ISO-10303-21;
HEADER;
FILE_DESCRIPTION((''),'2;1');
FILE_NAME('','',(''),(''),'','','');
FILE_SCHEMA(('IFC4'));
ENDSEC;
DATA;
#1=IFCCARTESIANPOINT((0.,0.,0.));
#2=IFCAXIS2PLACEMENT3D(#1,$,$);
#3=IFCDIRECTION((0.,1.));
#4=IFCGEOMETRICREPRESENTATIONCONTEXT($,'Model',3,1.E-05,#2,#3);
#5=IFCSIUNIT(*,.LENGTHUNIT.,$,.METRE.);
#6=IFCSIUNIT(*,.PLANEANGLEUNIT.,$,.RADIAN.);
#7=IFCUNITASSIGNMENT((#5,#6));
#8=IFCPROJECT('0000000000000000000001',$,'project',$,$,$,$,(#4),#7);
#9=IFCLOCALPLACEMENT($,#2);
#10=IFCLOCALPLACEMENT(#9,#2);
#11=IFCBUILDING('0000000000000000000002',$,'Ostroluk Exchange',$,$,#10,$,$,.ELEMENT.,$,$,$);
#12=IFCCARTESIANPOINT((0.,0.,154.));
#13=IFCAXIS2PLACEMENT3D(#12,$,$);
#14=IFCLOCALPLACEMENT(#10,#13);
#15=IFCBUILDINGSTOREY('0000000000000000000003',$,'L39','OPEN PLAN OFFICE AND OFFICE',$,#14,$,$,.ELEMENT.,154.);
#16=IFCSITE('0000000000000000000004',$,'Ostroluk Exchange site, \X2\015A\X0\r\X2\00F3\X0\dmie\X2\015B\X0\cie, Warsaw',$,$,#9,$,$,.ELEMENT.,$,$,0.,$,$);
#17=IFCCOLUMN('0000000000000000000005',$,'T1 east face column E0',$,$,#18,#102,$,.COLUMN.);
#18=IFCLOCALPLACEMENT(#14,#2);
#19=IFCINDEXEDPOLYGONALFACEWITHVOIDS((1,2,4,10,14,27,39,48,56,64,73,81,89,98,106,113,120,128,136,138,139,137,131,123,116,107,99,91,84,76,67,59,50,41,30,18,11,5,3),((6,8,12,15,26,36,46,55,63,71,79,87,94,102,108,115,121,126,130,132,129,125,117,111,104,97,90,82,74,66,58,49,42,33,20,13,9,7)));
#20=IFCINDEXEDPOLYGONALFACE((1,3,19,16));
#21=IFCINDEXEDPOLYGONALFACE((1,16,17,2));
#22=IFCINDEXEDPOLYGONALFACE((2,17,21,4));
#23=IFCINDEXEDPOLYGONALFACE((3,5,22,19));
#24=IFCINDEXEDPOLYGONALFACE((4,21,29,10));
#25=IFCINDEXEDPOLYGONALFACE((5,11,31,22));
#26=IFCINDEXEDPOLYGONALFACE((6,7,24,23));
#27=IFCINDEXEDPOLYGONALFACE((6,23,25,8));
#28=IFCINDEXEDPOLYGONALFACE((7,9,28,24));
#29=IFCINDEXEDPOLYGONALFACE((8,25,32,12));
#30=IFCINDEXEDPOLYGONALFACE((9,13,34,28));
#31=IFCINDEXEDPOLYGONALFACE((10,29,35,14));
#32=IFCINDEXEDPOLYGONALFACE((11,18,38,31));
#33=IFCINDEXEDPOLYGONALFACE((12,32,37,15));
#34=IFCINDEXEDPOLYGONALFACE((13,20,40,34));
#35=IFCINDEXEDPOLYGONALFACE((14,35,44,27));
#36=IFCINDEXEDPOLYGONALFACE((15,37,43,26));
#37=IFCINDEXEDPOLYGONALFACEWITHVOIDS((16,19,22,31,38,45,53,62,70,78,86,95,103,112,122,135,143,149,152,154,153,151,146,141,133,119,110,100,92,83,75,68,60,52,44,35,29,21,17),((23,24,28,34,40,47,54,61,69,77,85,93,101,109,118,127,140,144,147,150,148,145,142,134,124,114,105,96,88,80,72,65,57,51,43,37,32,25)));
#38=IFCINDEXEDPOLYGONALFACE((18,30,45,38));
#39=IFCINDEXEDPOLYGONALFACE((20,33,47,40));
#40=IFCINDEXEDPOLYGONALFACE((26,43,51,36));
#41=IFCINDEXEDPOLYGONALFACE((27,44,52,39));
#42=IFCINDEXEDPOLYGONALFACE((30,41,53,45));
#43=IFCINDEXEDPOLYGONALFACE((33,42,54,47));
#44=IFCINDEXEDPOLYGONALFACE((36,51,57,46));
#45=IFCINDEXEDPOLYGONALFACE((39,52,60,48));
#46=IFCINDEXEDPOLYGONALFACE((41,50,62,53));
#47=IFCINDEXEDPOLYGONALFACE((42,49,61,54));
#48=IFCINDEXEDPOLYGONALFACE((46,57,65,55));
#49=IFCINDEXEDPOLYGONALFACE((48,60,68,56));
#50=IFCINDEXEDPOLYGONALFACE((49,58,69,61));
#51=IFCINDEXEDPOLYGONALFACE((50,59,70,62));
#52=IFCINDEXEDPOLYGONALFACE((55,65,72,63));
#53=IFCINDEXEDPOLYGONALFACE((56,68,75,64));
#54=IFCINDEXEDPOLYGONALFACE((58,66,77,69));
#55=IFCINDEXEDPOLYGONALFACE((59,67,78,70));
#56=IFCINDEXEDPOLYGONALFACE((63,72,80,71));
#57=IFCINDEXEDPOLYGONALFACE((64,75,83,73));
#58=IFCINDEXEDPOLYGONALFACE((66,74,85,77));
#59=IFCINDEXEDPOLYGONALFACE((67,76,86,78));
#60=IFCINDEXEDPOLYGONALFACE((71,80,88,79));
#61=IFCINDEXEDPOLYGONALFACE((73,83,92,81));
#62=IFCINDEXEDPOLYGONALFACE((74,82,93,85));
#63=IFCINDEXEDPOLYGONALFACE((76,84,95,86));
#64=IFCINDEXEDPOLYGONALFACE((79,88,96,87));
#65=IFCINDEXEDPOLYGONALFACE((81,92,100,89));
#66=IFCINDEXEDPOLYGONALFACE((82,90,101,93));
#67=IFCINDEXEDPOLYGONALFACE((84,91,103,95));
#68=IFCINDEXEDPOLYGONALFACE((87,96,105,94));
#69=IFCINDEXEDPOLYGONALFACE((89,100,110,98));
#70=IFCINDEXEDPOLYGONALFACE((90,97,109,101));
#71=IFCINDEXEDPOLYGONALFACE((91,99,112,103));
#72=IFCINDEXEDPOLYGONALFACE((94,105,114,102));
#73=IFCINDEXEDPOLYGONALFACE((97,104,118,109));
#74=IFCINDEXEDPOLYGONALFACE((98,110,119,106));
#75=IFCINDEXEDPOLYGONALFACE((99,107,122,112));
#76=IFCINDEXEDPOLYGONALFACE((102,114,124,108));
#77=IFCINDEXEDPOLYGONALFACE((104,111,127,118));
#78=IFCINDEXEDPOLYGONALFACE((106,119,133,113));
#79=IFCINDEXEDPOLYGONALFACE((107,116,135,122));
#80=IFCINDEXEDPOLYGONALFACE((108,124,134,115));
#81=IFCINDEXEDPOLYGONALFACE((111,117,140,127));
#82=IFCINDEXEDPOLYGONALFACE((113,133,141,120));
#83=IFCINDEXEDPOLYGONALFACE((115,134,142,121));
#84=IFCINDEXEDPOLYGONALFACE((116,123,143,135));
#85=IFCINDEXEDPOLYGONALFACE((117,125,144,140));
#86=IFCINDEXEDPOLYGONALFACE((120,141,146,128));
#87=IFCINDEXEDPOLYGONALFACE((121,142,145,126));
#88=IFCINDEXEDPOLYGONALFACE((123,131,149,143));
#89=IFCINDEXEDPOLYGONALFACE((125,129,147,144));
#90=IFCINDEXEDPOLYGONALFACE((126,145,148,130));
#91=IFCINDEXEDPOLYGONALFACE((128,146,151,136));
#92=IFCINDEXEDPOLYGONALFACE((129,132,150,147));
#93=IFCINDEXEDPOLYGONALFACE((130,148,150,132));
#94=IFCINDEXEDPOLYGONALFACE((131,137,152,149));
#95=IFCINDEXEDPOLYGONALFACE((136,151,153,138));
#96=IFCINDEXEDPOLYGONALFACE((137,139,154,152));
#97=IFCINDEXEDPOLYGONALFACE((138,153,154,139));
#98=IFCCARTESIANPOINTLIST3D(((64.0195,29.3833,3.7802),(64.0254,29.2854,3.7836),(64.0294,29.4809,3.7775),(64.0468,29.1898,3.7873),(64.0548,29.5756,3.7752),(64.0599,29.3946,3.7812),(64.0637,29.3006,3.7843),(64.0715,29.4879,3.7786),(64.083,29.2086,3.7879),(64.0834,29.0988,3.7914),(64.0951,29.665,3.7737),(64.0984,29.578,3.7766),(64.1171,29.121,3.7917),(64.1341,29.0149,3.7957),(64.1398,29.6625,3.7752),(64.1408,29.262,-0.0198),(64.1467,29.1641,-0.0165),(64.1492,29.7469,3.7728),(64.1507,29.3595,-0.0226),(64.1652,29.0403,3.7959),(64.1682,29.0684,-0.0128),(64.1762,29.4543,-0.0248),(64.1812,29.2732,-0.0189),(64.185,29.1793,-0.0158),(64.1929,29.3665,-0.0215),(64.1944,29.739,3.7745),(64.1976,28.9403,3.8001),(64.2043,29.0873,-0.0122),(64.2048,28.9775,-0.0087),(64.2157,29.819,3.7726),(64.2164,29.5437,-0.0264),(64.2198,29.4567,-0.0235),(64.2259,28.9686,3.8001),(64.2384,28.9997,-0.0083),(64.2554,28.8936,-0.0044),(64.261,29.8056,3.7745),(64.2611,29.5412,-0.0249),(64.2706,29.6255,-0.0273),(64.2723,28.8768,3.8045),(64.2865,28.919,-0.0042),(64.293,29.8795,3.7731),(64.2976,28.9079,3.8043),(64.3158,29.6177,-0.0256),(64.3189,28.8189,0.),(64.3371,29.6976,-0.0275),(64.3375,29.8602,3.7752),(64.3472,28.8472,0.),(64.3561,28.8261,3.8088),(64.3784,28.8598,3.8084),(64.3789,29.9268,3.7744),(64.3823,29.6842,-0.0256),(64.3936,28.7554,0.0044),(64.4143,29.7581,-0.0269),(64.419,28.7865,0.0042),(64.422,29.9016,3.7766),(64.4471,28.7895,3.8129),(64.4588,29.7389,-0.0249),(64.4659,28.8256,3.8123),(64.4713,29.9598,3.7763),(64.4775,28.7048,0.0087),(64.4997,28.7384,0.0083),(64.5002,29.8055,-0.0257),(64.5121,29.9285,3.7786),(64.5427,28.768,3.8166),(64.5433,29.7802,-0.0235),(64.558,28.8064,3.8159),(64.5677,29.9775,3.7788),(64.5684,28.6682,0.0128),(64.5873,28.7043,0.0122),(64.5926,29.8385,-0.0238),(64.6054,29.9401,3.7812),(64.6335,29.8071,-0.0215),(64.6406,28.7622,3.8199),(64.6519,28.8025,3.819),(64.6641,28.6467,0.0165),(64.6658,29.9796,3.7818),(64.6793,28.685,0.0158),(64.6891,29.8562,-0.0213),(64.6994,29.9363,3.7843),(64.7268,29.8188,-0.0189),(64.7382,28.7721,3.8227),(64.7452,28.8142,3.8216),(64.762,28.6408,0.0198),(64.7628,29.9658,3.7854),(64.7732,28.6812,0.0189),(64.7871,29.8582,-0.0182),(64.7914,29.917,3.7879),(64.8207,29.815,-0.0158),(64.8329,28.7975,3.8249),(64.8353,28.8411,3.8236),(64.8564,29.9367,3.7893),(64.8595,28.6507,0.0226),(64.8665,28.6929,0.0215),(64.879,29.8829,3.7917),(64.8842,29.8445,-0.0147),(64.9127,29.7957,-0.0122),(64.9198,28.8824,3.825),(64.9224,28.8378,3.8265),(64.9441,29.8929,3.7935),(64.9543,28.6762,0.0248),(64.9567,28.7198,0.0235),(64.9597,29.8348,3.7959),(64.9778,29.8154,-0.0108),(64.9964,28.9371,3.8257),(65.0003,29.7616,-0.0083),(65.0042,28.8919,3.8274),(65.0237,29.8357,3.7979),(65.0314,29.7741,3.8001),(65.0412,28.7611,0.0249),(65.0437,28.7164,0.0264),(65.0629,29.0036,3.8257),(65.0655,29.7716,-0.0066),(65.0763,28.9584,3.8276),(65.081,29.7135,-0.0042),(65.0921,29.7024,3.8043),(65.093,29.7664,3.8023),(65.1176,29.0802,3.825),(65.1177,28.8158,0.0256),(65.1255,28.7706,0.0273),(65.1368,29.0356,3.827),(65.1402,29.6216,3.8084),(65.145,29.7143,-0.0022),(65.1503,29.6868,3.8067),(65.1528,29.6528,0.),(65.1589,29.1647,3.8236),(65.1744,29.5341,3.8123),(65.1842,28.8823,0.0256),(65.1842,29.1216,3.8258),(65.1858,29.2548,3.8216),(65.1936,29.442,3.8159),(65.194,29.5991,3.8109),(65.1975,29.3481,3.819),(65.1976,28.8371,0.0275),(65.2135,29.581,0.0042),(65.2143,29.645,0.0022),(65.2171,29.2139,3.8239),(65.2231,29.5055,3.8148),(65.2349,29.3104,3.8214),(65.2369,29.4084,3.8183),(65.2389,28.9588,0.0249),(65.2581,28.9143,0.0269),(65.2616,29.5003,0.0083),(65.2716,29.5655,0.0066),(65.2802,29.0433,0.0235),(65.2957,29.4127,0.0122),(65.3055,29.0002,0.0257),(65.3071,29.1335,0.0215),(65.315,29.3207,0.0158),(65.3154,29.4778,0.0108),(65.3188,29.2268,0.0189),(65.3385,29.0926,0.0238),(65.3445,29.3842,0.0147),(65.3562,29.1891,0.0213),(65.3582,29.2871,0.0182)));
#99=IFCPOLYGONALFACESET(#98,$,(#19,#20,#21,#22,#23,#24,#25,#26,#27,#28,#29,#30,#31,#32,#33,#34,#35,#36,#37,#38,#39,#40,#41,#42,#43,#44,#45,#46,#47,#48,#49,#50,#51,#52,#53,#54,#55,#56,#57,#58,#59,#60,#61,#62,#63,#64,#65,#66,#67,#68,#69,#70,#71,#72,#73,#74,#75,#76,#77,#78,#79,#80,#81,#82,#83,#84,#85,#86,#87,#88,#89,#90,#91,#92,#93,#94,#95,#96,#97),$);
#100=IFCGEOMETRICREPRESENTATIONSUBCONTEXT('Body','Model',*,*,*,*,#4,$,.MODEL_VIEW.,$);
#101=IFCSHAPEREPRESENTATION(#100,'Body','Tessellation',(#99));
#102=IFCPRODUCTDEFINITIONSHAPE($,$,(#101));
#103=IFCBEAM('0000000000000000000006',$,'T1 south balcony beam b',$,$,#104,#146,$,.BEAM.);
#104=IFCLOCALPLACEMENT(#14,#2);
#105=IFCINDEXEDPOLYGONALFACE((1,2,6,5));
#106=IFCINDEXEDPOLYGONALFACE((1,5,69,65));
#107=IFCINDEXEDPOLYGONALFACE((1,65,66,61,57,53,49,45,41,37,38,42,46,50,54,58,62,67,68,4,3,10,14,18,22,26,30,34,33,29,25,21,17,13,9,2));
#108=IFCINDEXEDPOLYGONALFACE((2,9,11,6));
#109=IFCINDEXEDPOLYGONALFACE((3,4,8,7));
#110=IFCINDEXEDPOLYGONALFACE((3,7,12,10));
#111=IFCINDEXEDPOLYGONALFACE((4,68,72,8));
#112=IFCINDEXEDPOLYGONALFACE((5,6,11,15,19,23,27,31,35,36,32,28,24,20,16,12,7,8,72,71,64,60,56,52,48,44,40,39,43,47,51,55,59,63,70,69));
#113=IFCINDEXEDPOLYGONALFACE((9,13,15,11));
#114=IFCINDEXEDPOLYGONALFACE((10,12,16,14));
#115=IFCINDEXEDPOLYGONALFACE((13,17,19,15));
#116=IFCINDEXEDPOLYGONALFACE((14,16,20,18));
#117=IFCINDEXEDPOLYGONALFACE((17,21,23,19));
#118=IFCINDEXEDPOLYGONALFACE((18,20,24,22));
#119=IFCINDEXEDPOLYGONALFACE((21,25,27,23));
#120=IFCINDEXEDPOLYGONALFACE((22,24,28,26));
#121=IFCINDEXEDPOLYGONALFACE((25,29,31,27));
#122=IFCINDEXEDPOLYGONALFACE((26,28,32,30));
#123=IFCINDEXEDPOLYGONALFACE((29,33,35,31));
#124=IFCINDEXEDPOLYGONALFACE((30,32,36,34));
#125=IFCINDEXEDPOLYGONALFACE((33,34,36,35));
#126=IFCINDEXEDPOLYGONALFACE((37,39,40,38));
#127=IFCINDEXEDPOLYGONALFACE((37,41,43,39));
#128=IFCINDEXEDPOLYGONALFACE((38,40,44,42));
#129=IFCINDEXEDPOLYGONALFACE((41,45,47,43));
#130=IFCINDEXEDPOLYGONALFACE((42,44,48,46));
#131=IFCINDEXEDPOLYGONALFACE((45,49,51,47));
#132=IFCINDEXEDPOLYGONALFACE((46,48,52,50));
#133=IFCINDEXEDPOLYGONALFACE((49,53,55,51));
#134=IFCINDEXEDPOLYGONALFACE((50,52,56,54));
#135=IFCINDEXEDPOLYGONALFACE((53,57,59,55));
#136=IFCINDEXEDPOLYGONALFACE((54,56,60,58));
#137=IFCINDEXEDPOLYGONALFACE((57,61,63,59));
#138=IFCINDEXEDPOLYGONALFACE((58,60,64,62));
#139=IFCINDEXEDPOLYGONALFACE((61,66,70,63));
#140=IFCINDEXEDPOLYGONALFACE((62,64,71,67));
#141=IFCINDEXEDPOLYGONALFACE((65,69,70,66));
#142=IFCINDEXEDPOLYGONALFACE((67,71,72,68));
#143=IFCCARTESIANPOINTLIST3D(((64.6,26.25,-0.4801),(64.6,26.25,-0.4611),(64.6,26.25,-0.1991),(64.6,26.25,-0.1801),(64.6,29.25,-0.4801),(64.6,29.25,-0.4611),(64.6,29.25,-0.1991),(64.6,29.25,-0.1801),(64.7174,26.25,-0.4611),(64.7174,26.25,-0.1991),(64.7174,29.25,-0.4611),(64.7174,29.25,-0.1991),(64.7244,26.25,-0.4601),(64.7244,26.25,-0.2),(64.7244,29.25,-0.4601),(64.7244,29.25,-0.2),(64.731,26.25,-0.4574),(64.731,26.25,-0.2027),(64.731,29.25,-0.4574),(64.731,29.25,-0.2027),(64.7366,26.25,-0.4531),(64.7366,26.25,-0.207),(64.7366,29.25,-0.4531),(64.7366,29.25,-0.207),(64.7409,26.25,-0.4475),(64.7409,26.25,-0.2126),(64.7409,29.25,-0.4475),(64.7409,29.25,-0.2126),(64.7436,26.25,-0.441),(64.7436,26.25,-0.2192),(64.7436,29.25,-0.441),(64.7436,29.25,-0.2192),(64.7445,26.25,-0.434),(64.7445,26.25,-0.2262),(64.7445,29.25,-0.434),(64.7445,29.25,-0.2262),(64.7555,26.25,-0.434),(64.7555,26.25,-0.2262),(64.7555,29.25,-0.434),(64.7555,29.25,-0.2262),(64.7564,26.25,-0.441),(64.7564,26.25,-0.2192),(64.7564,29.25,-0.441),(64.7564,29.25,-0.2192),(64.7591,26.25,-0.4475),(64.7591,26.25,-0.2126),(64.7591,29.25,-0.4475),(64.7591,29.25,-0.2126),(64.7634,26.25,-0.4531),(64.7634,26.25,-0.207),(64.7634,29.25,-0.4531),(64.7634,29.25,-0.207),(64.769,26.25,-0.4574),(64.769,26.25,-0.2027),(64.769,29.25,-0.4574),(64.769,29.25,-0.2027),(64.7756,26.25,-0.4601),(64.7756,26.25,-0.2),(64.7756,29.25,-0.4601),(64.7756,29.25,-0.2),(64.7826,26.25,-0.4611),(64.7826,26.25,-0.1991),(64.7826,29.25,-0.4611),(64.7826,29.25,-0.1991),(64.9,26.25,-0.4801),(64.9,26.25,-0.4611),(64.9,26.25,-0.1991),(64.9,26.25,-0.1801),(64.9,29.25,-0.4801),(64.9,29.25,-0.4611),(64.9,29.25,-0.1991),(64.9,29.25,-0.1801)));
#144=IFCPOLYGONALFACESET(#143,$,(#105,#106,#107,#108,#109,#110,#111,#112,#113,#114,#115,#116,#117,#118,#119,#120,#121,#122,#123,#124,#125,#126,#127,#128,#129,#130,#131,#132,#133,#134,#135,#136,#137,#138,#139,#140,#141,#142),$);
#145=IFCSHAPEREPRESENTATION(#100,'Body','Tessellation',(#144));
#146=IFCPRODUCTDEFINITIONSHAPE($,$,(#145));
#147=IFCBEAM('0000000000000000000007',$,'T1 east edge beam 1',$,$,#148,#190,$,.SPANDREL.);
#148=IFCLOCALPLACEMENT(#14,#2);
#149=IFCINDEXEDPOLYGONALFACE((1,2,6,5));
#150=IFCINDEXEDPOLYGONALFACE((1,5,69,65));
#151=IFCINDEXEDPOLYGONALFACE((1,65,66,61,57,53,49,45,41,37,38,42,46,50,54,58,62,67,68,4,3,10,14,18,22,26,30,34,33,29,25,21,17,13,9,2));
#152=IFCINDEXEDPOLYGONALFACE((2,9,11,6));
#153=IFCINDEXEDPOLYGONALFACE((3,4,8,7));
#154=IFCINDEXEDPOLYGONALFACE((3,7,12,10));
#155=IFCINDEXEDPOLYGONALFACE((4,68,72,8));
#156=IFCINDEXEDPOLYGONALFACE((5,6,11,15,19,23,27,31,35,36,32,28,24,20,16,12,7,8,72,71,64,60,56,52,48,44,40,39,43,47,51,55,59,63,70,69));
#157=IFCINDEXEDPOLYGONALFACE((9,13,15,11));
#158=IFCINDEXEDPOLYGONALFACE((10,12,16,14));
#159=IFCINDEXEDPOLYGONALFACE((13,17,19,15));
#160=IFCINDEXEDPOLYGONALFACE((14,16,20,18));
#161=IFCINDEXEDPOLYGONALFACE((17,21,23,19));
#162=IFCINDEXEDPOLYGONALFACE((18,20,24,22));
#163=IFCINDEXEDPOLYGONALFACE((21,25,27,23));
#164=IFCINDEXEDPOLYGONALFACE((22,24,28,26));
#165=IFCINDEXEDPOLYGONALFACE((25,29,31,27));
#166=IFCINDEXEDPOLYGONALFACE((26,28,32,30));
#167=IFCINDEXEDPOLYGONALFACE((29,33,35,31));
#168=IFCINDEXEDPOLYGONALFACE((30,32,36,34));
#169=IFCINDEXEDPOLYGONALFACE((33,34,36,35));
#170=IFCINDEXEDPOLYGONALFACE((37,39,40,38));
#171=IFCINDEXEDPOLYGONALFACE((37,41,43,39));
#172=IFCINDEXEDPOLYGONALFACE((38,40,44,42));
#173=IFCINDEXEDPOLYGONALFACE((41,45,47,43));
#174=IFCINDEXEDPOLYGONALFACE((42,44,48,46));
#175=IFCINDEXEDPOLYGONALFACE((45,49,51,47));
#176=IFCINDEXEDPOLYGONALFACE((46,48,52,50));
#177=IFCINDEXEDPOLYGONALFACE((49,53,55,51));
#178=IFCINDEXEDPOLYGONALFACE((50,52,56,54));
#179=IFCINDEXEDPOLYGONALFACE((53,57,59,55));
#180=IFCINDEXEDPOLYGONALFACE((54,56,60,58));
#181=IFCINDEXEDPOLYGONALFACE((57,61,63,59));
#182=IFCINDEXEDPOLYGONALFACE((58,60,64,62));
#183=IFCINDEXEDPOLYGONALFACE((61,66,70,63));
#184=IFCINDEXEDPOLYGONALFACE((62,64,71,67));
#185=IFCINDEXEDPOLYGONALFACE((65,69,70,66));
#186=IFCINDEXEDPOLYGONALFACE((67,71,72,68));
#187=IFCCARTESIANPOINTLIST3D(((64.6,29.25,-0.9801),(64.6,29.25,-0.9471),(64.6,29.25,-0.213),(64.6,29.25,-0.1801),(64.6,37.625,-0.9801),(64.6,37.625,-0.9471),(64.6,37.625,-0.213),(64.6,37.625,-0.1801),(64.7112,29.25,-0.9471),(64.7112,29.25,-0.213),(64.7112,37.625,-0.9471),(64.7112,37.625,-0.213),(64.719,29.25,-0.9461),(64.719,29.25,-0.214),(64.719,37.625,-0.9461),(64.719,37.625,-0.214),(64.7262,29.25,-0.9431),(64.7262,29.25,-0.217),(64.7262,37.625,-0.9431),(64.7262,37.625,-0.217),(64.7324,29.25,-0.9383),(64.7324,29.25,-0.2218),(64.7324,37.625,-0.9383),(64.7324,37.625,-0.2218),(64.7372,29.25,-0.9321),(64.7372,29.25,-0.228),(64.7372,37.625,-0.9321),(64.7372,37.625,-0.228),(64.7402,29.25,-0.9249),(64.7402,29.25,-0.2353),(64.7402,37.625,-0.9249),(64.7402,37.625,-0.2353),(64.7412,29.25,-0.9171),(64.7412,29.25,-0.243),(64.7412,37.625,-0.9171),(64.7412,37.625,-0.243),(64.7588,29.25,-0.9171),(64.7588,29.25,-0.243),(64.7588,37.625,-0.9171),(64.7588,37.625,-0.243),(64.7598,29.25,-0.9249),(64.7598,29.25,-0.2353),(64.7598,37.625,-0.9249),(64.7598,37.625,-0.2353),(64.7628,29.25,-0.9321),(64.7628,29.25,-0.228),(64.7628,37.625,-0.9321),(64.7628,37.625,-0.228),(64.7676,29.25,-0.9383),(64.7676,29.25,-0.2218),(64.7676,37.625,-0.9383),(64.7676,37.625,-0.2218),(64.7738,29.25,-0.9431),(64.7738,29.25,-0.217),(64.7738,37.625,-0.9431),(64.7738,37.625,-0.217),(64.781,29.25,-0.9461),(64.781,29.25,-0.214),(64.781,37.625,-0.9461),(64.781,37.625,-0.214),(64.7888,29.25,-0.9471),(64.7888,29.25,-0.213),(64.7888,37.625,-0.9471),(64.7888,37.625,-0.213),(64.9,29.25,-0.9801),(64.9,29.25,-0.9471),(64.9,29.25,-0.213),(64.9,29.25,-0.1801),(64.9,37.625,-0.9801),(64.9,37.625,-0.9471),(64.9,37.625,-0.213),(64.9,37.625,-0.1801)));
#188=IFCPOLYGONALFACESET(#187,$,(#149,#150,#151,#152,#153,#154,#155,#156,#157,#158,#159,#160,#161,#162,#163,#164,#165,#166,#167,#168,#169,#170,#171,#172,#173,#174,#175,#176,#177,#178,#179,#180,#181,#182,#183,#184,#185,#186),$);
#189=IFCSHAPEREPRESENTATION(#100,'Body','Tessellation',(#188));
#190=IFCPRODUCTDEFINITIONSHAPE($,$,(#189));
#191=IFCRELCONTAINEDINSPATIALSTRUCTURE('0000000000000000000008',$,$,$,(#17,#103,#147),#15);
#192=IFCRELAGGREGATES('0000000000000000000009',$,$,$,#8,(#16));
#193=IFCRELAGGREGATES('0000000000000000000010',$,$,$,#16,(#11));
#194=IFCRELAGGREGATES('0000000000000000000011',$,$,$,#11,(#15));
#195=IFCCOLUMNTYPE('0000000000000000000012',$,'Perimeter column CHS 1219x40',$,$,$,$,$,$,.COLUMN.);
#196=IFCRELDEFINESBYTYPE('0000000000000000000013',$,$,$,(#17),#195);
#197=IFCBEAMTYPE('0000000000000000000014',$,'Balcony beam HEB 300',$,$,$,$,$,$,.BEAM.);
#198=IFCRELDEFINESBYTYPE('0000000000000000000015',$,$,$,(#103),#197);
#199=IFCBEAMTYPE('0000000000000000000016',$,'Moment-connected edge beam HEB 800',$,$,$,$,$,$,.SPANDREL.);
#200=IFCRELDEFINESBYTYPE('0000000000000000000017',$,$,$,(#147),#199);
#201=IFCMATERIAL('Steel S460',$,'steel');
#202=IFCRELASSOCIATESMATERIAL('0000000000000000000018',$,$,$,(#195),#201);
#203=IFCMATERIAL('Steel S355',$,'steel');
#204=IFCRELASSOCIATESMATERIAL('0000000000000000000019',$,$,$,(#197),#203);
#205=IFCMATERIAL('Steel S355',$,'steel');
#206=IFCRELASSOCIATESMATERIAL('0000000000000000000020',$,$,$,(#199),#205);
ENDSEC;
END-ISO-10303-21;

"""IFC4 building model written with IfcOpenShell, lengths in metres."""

from ifc_helpers import new_model, si_unit, direction, frame, origin, origin_2d, place, context, subcontext, project, spatial, hollow_circle, i_section, extrude, material, material_profile, profile_set, type_object, element, save


model = new_model("IFC4")

# Units and contexts
model_context = context("Model", 3, precision=1e-05, world=origin(), true_north=direction((0.0, 1.0)))
body_context = subcontext(model_context, "Body", "Model", "MODEL_VIEW")
ifc_project = project(units=[si_unit("LENGTHUNIT", "METRE"), si_unit("PLANEANGLEUNIT", "RADIAN")], contexts=[model_context])

# Site, building, storey
site_placement = place(None, origin())
site = spatial("IfcSite", under=ifc_project, at=site_placement, Name="Ostroluk Exchange site, Śródmieście, Warsaw", CompositionType="ELEMENT", RefElevation=0.0)
building_placement = place(site_placement, origin())
building = spatial("IfcBuilding", under=site, at=building_placement, Name="Ostroluk Exchange", CompositionType="ELEMENT")
storey_placement = place(building_placement, frame((0.0, 0.0, 154.0)))
storey = spatial("IfcBuildingStorey", under=building, at=storey_placement, Name="L39", Description="OPEN PLAN OFFICE AND OFFICE", CompositionType="ELEMENT", Elevation=154.0)

# Column
ifc_material_1 = material(Name="Steel S460", Category="steel")
ifc_material_profile_1 = material_profile(ifc_material_1, hollow_circle(Radius=0.6096, WallThickness=0.04, at=origin_2d()), Name="CHS 1219x40")
ifc_profile_set_1 = profile_set([ifc_material_profile_1], Name="Steel S460")
column_type = type_object("IfcColumnType", Name="Perimeter column CHS 1219x40", PredefinedType="COLUMN", material=ifc_profile_set_1)
column_placement = place(storey_placement, frame((64.75, 29.25, 0.0), z_axis=(-0.031898, 0.031898, 0.998982), x_axis=(-0.707107, -0.707107, 0.0)))
element("IfcColumn", 1, at=column_placement, inside=storey, type_object=column_type, Name="T1 east face column E0", PredefinedType="COLUMN", context=body_context, shape_type="SweptSolid", body=[
    extrude(hollow_circle(Radius=0.6096, WallThickness=0.04, at=origin_2d()), origin(), (0.0, 0.0, 1.0), 3.804),
])

# Beams
ifc_material_2 = material(Name="Steel S355", Category="steel")
ifc_material_profile_2 = material_profile(ifc_material_2, i_section(OverallWidth=0.3, OverallDepth=0.3, WebThickness=0.011, FlangeThickness=0.019, FilletRadius=0.0271, at=origin_2d()), Name="HEB 300")
ifc_profile_set_2 = profile_set([ifc_material_profile_2], Name="Steel S355")
beam_type_1 = type_object("IfcBeamType", Name="Balcony beam HEB 300", PredefinedType="BEAM", material=ifc_profile_set_2)
beam_1_placement = place(storey_placement, frame((64.75, 29.25, -0.3301), z_axis=(0.0, -1.0, 0.0), x_axis=(1.0, 0.0, 0.0)))
element("IfcBeam", 2, at=beam_1_placement, inside=storey, type_object=beam_type_1, Name="T1 south balcony beam b", PredefinedType="BEAM", context=body_context, shape_type="SweptSolid", body=[
    extrude(i_section(OverallWidth=0.3, OverallDepth=0.3, WebThickness=0.011, FlangeThickness=0.019, FilletRadius=0.0271, at=origin_2d()), origin(), (0.0, 0.0, 1.0), 3.0),
])
ifc_material_3 = material(Name="Steel S355", Category="steel")
ifc_material_profile_3 = material_profile(ifc_material_3, i_section(OverallWidth=0.3, OverallDepth=0.8, WebThickness=0.0176, FlangeThickness=0.033, FilletRadius=0.03, at=origin_2d()), Name="HEB 800")
ifc_profile_set_3 = profile_set([ifc_material_profile_3], Name="Steel S355")
beam_type_2 = type_object("IfcBeamType", Name="Moment-connected edge beam HEB 800", PredefinedType="SPANDREL", material=ifc_profile_set_3)
beam_2_placement = place(storey_placement, frame((64.75, 29.25, -0.5801), z_axis=(0.0, 1.0, 0.0), x_axis=(-1.0, 0.0, 0.0)))
element("IfcBeam", 3, at=beam_2_placement, inside=storey, type_object=beam_type_2, Name="T1 east edge beam 1", PredefinedType="SPANDREL", context=body_context, shape_type="SweptSolid", body=[
    extrude(i_section(OverallWidth=0.3, OverallDepth=0.8, WebThickness=0.0176, FlangeThickness=0.033, FilletRadius=0.03, at=origin_2d()), origin(), (0.0, 0.0, 1.0), 8.375),
])

save(model, "model.ifc")
